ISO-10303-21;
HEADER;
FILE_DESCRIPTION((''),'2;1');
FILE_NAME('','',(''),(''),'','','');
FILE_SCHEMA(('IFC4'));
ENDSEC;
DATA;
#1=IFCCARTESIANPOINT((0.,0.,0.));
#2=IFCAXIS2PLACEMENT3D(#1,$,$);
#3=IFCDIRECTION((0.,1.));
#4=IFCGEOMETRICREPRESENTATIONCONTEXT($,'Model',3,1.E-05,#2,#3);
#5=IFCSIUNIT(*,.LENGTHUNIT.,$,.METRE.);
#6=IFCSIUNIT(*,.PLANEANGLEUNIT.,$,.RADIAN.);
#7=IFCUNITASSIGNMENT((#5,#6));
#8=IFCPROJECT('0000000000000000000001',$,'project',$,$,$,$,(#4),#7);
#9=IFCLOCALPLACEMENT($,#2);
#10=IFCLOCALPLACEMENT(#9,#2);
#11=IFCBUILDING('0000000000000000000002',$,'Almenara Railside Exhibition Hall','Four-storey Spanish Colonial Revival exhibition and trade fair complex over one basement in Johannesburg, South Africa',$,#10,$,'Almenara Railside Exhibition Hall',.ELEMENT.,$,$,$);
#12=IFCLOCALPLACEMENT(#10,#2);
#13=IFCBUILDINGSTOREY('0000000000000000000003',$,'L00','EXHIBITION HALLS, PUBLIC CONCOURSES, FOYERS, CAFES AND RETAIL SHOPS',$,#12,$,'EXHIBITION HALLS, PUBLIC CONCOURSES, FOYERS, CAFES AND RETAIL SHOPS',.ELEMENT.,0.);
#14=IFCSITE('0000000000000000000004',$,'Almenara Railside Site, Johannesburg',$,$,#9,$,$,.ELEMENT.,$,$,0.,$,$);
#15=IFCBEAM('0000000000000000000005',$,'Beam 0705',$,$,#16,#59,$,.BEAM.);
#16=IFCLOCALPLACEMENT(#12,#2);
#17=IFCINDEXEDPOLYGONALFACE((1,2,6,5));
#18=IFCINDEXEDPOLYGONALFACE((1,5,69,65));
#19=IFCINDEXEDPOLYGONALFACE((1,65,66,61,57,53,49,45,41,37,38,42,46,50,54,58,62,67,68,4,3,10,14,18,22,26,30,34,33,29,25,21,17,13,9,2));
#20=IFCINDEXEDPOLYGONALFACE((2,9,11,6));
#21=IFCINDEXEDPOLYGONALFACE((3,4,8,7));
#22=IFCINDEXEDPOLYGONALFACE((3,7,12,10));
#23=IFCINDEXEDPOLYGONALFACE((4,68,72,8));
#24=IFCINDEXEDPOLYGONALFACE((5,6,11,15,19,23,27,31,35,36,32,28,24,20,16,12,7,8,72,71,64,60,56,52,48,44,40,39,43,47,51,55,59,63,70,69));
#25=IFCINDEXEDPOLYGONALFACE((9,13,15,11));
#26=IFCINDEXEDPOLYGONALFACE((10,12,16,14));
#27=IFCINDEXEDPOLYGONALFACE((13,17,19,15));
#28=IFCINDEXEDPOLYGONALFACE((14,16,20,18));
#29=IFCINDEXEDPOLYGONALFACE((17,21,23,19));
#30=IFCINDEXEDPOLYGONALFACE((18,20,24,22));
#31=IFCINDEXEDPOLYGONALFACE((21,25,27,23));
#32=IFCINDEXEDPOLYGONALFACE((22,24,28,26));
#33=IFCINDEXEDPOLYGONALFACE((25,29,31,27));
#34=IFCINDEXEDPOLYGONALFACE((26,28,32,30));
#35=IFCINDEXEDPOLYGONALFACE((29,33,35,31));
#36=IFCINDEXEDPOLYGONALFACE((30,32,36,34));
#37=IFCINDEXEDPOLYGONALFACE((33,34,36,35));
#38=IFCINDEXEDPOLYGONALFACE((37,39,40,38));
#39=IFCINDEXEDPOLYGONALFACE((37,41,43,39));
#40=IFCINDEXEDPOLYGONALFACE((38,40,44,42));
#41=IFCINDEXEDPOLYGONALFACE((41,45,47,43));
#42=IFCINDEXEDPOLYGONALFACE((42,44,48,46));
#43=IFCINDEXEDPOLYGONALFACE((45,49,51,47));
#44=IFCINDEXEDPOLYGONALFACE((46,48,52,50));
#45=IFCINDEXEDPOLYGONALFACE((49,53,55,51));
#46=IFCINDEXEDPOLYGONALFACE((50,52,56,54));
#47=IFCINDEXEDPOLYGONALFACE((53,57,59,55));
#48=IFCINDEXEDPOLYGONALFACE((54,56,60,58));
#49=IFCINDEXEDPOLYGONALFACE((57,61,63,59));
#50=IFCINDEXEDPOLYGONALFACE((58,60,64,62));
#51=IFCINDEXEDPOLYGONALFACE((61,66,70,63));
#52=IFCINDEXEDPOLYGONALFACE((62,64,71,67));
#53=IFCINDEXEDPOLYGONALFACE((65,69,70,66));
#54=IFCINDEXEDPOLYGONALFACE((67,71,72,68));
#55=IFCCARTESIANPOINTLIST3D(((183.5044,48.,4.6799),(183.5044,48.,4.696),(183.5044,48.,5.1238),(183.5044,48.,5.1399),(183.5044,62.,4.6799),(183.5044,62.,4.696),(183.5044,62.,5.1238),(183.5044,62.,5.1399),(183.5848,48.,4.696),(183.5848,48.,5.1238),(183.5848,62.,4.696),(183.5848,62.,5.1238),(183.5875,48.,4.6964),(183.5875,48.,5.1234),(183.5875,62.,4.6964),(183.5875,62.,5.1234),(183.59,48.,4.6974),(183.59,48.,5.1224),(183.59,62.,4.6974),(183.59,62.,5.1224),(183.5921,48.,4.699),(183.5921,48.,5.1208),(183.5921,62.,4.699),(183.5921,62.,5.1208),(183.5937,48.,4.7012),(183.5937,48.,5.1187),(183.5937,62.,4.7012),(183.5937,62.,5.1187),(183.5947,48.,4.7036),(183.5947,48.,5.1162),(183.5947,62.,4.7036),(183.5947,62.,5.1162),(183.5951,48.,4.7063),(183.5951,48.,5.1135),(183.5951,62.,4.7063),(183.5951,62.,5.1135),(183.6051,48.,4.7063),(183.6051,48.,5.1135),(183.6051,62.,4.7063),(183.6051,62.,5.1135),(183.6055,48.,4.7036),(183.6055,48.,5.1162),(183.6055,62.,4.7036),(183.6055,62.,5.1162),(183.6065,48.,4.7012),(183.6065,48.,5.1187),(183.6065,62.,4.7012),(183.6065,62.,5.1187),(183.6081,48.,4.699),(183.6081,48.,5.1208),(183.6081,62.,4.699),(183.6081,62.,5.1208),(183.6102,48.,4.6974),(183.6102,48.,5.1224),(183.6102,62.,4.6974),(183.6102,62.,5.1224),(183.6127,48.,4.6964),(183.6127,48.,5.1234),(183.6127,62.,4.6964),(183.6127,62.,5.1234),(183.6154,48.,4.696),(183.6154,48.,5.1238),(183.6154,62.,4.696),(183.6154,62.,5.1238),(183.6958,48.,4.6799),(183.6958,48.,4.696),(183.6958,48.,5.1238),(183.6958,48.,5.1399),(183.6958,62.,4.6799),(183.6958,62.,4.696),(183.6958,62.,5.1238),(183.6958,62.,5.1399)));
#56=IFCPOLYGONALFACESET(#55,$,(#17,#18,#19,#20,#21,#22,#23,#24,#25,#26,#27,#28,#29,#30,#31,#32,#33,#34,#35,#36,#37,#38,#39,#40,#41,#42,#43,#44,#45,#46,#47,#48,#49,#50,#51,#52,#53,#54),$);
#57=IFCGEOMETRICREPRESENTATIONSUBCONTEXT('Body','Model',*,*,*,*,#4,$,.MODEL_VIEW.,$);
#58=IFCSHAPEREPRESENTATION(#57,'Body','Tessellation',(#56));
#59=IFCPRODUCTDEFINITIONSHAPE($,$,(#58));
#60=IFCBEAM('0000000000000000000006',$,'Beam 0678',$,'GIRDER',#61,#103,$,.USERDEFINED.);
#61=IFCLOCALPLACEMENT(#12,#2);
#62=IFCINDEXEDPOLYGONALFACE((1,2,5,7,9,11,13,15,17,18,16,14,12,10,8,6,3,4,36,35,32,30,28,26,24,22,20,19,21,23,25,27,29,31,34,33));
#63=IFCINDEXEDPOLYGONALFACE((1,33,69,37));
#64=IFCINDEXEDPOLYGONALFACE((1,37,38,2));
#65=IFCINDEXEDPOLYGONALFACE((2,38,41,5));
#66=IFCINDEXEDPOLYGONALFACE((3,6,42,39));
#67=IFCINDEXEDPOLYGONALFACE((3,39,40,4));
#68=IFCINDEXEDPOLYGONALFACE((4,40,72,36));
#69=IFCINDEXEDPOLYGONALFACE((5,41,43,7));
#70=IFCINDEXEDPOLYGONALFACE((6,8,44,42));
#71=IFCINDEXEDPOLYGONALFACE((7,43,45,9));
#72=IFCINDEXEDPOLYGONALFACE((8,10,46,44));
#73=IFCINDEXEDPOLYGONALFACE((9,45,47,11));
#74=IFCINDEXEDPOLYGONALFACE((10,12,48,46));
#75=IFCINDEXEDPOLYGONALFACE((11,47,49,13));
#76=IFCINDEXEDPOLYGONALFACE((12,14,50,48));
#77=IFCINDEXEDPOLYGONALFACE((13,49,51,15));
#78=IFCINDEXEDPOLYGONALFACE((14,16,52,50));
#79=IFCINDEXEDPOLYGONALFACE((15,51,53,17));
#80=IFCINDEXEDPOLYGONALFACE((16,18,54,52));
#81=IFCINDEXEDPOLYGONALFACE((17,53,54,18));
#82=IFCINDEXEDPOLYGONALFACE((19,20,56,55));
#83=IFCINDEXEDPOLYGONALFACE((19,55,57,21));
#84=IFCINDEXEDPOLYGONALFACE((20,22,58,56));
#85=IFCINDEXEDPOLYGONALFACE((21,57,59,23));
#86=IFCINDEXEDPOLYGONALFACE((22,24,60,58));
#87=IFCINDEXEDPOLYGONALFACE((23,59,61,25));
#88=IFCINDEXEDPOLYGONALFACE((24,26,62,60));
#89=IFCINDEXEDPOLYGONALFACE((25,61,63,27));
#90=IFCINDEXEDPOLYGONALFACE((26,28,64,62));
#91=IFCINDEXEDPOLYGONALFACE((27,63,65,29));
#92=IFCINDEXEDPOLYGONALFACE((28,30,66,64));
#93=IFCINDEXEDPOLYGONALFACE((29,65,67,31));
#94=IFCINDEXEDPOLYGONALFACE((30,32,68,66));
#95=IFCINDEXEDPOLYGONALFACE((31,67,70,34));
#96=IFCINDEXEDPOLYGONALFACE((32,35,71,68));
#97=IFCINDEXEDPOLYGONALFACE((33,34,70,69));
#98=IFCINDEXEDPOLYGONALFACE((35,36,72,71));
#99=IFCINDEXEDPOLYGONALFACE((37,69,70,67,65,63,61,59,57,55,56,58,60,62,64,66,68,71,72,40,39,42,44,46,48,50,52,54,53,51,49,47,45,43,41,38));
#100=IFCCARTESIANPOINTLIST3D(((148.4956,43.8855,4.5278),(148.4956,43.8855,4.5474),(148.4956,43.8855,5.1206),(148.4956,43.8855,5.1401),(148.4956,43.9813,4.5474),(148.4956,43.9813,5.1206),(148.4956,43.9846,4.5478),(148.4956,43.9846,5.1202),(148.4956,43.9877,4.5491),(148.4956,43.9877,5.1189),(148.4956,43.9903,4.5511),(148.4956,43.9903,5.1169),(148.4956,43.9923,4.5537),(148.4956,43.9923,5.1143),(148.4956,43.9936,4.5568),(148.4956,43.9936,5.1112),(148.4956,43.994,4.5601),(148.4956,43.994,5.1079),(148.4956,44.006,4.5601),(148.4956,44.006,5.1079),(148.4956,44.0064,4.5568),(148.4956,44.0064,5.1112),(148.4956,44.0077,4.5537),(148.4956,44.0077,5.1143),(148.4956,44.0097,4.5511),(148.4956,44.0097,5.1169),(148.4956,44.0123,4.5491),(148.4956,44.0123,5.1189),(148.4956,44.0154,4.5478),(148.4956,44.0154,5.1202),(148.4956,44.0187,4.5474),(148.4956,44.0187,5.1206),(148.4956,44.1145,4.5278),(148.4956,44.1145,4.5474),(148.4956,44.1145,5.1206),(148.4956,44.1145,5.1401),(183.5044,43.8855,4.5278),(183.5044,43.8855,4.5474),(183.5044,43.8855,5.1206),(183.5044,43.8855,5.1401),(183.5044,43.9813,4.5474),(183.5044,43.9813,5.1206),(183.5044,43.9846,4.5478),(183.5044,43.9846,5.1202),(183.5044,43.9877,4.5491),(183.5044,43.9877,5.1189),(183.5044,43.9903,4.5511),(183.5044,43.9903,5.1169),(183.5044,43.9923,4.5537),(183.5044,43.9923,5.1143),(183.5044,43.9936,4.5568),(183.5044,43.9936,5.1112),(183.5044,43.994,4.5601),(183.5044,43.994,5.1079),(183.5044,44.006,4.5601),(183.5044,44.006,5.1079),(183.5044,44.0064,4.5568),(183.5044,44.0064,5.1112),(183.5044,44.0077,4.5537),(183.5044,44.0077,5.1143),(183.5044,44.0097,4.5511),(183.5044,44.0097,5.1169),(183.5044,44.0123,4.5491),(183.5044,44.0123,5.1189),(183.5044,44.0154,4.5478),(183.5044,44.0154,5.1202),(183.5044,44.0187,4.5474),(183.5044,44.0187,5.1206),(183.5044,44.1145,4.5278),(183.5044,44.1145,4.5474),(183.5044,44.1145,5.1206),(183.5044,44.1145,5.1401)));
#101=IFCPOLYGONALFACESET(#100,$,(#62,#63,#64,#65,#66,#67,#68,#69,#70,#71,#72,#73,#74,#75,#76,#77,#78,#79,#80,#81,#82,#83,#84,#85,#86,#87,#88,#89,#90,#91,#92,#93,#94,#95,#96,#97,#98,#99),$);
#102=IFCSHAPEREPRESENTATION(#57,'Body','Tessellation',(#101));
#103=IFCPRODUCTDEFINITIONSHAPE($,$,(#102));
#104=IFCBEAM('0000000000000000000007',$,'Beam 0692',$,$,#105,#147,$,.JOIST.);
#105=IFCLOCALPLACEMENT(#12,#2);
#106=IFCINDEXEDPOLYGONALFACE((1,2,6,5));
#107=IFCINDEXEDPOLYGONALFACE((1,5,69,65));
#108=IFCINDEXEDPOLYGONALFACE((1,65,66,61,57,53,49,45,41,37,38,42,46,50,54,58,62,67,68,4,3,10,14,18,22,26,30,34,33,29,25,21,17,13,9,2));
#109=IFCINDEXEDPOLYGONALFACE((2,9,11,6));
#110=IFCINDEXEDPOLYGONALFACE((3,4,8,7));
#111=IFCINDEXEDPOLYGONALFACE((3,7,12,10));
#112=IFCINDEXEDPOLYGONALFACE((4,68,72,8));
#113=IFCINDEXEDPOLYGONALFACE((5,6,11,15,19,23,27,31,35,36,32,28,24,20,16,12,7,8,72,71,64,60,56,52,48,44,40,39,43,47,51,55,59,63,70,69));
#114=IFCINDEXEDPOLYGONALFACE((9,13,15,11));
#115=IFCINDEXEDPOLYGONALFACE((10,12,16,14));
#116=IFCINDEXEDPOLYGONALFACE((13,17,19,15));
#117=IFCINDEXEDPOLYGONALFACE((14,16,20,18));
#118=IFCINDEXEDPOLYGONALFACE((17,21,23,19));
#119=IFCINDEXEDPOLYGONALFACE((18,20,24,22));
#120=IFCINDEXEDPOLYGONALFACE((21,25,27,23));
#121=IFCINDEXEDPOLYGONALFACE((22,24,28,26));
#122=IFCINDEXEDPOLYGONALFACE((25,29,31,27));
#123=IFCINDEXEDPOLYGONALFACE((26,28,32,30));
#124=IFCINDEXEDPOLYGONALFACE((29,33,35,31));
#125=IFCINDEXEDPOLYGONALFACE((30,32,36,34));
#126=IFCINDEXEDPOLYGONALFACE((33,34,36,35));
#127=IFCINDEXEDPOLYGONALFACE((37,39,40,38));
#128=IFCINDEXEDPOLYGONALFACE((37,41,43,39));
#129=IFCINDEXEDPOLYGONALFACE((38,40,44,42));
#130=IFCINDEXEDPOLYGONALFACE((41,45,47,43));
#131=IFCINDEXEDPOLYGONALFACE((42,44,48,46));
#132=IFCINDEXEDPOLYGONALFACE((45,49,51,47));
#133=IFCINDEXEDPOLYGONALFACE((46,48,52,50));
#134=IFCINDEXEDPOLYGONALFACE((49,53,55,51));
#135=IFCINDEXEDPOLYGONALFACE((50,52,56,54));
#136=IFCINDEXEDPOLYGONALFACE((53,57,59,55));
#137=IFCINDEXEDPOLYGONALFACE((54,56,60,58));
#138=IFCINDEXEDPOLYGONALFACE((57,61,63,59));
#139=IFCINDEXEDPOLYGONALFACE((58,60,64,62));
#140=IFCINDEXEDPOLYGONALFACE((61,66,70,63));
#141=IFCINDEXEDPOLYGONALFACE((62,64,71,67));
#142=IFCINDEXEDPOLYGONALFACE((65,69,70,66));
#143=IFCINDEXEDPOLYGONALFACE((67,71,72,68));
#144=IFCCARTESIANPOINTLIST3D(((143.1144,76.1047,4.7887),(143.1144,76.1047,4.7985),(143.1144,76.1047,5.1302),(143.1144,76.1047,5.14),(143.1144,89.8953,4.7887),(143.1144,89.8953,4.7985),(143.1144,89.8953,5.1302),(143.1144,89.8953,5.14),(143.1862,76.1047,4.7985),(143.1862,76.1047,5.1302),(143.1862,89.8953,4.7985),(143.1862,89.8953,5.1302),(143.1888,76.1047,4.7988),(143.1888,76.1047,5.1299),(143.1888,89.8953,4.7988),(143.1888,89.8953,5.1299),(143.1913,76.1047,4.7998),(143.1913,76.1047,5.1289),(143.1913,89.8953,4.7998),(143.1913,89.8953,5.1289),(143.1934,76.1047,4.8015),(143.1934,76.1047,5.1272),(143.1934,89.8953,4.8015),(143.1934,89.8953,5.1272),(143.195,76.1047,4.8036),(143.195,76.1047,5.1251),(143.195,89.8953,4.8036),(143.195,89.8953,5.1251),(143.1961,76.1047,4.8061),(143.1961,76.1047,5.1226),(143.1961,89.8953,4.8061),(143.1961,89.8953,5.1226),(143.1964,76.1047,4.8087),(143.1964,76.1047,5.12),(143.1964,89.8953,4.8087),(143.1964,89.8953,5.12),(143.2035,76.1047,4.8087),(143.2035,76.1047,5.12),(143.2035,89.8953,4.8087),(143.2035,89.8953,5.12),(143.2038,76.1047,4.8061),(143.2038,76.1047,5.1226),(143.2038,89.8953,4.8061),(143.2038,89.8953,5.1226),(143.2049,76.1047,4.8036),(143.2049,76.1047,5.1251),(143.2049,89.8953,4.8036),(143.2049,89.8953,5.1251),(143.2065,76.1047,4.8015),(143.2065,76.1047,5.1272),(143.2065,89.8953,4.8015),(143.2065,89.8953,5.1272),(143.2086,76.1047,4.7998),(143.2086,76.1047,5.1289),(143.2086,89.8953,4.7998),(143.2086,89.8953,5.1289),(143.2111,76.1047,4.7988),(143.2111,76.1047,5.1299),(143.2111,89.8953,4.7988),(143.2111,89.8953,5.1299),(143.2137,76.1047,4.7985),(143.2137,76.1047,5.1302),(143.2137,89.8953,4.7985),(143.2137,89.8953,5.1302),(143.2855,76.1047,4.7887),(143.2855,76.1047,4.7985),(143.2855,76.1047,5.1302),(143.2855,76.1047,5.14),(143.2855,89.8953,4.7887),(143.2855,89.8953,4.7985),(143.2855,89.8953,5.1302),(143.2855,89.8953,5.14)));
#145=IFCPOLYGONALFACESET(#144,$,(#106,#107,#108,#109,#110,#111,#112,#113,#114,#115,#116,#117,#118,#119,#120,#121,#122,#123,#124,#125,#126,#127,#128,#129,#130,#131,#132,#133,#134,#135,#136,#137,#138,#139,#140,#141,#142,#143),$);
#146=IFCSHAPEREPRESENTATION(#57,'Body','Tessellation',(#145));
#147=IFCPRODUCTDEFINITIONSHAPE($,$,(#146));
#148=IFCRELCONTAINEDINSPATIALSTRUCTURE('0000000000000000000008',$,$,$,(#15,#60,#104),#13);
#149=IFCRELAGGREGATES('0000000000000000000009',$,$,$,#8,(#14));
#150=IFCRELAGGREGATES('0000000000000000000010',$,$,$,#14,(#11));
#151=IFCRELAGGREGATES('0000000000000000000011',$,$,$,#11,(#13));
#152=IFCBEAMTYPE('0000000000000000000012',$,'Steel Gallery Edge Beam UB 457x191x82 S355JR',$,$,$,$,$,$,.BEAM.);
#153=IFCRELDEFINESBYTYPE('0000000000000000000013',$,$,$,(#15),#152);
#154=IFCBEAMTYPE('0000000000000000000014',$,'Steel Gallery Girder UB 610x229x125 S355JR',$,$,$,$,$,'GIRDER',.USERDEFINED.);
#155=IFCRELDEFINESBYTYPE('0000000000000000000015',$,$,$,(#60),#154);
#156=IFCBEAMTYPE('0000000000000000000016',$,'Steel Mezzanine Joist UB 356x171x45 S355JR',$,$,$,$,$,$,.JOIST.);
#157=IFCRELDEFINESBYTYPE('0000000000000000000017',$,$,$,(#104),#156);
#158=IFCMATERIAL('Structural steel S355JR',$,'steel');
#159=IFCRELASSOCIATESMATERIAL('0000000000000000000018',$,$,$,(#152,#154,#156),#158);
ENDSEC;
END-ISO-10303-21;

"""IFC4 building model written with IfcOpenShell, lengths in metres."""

from ifc_helpers import new_model, si_unit, direction, frame, origin, origin_2d, place, context, subcontext, project, spatial, i_section, extrude, material, material_profile, profile_set, type_object, element, save


model = new_model("IFC4")

# Units and contexts
model_context = context("Model", 3, precision=1e-05, world=origin(), true_north=direction((0.0, 1.0)))
body_context = subcontext(model_context, "Body", "Model", "MODEL_VIEW")
ifc_project = project(units=[si_unit("LENGTHUNIT", "METRE"), si_unit("PLANEANGLEUNIT", "RADIAN")], contexts=[model_context])

# Site, building, storey
site_placement = place(None, origin())
site = spatial("IfcSite", under=ifc_project, at=site_placement, Name="Almenara Railside Site, Johannesburg", CompositionType="ELEMENT", RefElevation=0.0)
building_placement = place(site_placement, origin())
building = spatial("IfcBuilding", under=site, at=building_placement, Name="Almenara Railside Exhibition Hall", Description="Four-storey Spanish Colonial Revival exhibition and trade fair complex over one basement in Johannesburg, South Africa", LongName="Almenara Railside Exhibition Hall", CompositionType="ELEMENT")
storey_placement = place(building_placement, origin())
storey = spatial("IfcBuildingStorey", under=building, at=storey_placement, Name="L00", Description="EXHIBITION HALLS, PUBLIC CONCOURSES, FOYERS, CAFES AND RETAIL SHOPS", LongName="EXHIBITION HALLS, PUBLIC CONCOURSES, FOYERS, CAFES AND RETAIL SHOPS", CompositionType="ELEMENT", Elevation=0.0)

# Beams
ifc_material_1 = material(Name="Structural steel S355JR", Category="steel")
ifc_material_profile_1 = material_profile(ifc_material_1, i_section(OverallWidth=0.1914, OverallDepth=0.46, WebThickness=0.01, FlangeThickness=0.0161, FilletRadius=0.0103, at=origin_2d()), Name="UB 457x191x82")
ifc_profile_set_1 = profile_set([ifc_material_profile_1], Name="Structural steel S355JR")
beam_type_1 = type_object("IfcBeamType", Name="Steel Gallery Edge Beam UB 457x191x82 S355JR", PredefinedType="BEAM", material=ifc_profile_set_1)
for number, where, z_axis, x_axis, name in (
    (1, (183.6001, 48.0, 4.9099), (0.0, 1.0, 0.0), (-1.0, 0.0, 0.0), "Beam 0705"),
):
    element("IfcBeam", number, at=place(storey_placement, frame(where, z_axis=z_axis, x_axis=x_axis)), inside=storey, type_object=beam_type_1, Name=name, PredefinedType="BEAM", context=body_context, shape_type="SweptSolid", body=[
        extrude(i_section(OverallWidth=0.1914, OverallDepth=0.46, WebThickness=0.01, FlangeThickness=0.0161, FilletRadius=0.0103, at=origin_2d()), origin(), (0.0, 0.0, 1.0), 14.0),
    ])
ifc_material_profile_2 = material_profile(ifc_material_1, i_section(OverallWidth=0.229, OverallDepth=0.6123, WebThickness=0.012, FlangeThickness=0.0195, FilletRadius=0.0127, at=origin_2d()), Name="UB 610x229x125")
ifc_profile_set_2 = profile_set([ifc_material_profile_2], Name="Structural steel S355JR")
beam_type_2 = type_object("IfcBeamType", Name="Steel Gallery Girder UB 610x229x125 S355JR", ElementType="GIRDER", PredefinedType="USERDEFINED", material=ifc_profile_set_2)
beam_1_placement = place(storey_placement, frame((148.4956, 44.0, 4.834), z_axis=(1.0, 0.0, 0.0), x_axis=(0.0, 1.0, 0.0)))
element("IfcBeam", 2, at=beam_1_placement, inside=storey, type_object=beam_type_2, Name="Beam 0678", ObjectType="GIRDER", PredefinedType="USERDEFINED", context=body_context, shape_type="SweptSolid", body=[
    extrude(i_section(OverallWidth=0.229, OverallDepth=0.6123, WebThickness=0.012, FlangeThickness=0.0195, FilletRadius=0.0127, at=origin_2d()), origin(), (0.0, 0.0, 1.0), 35.0088),
])
ifc_material_profile_3 = material_profile(ifc_material_1, i_section(OverallWidth=0.1711, OverallDepth=0.3513, WebThickness=0.0071, FlangeThickness=0.0098, FilletRadius=0.0103, at=origin_2d()), Name="UB 356x171x45")
ifc_profile_set_3 = profile_set([ifc_material_profile_3], Name="Structural steel S355JR")
beam_type_3 = type_object("IfcBeamType", Name="Steel Mezzanine Joist UB 356x171x45 S355JR", PredefinedType="JOIST", material=ifc_profile_set_3)
beam_2_placement = place(storey_placement, frame((143.2, 76.1047, 4.9644), z_axis=(0.0, 1.0, 0.0), x_axis=(-1.0, 0.0, 0.0)))
element("IfcBeam", 3, at=beam_2_placement, inside=storey, type_object=beam_type_3, Name="Beam 0692", PredefinedType="JOIST", context=body_context, shape_type="SweptSolid", body=[
    extrude(i_section(OverallWidth=0.1711, OverallDepth=0.3513, WebThickness=0.0071, FlangeThickness=0.0098, FilletRadius=0.0103, at=origin_2d()), origin(), (0.0, 0.0, 1.0), 13.7905),
])

save(model, "model.ifc")
